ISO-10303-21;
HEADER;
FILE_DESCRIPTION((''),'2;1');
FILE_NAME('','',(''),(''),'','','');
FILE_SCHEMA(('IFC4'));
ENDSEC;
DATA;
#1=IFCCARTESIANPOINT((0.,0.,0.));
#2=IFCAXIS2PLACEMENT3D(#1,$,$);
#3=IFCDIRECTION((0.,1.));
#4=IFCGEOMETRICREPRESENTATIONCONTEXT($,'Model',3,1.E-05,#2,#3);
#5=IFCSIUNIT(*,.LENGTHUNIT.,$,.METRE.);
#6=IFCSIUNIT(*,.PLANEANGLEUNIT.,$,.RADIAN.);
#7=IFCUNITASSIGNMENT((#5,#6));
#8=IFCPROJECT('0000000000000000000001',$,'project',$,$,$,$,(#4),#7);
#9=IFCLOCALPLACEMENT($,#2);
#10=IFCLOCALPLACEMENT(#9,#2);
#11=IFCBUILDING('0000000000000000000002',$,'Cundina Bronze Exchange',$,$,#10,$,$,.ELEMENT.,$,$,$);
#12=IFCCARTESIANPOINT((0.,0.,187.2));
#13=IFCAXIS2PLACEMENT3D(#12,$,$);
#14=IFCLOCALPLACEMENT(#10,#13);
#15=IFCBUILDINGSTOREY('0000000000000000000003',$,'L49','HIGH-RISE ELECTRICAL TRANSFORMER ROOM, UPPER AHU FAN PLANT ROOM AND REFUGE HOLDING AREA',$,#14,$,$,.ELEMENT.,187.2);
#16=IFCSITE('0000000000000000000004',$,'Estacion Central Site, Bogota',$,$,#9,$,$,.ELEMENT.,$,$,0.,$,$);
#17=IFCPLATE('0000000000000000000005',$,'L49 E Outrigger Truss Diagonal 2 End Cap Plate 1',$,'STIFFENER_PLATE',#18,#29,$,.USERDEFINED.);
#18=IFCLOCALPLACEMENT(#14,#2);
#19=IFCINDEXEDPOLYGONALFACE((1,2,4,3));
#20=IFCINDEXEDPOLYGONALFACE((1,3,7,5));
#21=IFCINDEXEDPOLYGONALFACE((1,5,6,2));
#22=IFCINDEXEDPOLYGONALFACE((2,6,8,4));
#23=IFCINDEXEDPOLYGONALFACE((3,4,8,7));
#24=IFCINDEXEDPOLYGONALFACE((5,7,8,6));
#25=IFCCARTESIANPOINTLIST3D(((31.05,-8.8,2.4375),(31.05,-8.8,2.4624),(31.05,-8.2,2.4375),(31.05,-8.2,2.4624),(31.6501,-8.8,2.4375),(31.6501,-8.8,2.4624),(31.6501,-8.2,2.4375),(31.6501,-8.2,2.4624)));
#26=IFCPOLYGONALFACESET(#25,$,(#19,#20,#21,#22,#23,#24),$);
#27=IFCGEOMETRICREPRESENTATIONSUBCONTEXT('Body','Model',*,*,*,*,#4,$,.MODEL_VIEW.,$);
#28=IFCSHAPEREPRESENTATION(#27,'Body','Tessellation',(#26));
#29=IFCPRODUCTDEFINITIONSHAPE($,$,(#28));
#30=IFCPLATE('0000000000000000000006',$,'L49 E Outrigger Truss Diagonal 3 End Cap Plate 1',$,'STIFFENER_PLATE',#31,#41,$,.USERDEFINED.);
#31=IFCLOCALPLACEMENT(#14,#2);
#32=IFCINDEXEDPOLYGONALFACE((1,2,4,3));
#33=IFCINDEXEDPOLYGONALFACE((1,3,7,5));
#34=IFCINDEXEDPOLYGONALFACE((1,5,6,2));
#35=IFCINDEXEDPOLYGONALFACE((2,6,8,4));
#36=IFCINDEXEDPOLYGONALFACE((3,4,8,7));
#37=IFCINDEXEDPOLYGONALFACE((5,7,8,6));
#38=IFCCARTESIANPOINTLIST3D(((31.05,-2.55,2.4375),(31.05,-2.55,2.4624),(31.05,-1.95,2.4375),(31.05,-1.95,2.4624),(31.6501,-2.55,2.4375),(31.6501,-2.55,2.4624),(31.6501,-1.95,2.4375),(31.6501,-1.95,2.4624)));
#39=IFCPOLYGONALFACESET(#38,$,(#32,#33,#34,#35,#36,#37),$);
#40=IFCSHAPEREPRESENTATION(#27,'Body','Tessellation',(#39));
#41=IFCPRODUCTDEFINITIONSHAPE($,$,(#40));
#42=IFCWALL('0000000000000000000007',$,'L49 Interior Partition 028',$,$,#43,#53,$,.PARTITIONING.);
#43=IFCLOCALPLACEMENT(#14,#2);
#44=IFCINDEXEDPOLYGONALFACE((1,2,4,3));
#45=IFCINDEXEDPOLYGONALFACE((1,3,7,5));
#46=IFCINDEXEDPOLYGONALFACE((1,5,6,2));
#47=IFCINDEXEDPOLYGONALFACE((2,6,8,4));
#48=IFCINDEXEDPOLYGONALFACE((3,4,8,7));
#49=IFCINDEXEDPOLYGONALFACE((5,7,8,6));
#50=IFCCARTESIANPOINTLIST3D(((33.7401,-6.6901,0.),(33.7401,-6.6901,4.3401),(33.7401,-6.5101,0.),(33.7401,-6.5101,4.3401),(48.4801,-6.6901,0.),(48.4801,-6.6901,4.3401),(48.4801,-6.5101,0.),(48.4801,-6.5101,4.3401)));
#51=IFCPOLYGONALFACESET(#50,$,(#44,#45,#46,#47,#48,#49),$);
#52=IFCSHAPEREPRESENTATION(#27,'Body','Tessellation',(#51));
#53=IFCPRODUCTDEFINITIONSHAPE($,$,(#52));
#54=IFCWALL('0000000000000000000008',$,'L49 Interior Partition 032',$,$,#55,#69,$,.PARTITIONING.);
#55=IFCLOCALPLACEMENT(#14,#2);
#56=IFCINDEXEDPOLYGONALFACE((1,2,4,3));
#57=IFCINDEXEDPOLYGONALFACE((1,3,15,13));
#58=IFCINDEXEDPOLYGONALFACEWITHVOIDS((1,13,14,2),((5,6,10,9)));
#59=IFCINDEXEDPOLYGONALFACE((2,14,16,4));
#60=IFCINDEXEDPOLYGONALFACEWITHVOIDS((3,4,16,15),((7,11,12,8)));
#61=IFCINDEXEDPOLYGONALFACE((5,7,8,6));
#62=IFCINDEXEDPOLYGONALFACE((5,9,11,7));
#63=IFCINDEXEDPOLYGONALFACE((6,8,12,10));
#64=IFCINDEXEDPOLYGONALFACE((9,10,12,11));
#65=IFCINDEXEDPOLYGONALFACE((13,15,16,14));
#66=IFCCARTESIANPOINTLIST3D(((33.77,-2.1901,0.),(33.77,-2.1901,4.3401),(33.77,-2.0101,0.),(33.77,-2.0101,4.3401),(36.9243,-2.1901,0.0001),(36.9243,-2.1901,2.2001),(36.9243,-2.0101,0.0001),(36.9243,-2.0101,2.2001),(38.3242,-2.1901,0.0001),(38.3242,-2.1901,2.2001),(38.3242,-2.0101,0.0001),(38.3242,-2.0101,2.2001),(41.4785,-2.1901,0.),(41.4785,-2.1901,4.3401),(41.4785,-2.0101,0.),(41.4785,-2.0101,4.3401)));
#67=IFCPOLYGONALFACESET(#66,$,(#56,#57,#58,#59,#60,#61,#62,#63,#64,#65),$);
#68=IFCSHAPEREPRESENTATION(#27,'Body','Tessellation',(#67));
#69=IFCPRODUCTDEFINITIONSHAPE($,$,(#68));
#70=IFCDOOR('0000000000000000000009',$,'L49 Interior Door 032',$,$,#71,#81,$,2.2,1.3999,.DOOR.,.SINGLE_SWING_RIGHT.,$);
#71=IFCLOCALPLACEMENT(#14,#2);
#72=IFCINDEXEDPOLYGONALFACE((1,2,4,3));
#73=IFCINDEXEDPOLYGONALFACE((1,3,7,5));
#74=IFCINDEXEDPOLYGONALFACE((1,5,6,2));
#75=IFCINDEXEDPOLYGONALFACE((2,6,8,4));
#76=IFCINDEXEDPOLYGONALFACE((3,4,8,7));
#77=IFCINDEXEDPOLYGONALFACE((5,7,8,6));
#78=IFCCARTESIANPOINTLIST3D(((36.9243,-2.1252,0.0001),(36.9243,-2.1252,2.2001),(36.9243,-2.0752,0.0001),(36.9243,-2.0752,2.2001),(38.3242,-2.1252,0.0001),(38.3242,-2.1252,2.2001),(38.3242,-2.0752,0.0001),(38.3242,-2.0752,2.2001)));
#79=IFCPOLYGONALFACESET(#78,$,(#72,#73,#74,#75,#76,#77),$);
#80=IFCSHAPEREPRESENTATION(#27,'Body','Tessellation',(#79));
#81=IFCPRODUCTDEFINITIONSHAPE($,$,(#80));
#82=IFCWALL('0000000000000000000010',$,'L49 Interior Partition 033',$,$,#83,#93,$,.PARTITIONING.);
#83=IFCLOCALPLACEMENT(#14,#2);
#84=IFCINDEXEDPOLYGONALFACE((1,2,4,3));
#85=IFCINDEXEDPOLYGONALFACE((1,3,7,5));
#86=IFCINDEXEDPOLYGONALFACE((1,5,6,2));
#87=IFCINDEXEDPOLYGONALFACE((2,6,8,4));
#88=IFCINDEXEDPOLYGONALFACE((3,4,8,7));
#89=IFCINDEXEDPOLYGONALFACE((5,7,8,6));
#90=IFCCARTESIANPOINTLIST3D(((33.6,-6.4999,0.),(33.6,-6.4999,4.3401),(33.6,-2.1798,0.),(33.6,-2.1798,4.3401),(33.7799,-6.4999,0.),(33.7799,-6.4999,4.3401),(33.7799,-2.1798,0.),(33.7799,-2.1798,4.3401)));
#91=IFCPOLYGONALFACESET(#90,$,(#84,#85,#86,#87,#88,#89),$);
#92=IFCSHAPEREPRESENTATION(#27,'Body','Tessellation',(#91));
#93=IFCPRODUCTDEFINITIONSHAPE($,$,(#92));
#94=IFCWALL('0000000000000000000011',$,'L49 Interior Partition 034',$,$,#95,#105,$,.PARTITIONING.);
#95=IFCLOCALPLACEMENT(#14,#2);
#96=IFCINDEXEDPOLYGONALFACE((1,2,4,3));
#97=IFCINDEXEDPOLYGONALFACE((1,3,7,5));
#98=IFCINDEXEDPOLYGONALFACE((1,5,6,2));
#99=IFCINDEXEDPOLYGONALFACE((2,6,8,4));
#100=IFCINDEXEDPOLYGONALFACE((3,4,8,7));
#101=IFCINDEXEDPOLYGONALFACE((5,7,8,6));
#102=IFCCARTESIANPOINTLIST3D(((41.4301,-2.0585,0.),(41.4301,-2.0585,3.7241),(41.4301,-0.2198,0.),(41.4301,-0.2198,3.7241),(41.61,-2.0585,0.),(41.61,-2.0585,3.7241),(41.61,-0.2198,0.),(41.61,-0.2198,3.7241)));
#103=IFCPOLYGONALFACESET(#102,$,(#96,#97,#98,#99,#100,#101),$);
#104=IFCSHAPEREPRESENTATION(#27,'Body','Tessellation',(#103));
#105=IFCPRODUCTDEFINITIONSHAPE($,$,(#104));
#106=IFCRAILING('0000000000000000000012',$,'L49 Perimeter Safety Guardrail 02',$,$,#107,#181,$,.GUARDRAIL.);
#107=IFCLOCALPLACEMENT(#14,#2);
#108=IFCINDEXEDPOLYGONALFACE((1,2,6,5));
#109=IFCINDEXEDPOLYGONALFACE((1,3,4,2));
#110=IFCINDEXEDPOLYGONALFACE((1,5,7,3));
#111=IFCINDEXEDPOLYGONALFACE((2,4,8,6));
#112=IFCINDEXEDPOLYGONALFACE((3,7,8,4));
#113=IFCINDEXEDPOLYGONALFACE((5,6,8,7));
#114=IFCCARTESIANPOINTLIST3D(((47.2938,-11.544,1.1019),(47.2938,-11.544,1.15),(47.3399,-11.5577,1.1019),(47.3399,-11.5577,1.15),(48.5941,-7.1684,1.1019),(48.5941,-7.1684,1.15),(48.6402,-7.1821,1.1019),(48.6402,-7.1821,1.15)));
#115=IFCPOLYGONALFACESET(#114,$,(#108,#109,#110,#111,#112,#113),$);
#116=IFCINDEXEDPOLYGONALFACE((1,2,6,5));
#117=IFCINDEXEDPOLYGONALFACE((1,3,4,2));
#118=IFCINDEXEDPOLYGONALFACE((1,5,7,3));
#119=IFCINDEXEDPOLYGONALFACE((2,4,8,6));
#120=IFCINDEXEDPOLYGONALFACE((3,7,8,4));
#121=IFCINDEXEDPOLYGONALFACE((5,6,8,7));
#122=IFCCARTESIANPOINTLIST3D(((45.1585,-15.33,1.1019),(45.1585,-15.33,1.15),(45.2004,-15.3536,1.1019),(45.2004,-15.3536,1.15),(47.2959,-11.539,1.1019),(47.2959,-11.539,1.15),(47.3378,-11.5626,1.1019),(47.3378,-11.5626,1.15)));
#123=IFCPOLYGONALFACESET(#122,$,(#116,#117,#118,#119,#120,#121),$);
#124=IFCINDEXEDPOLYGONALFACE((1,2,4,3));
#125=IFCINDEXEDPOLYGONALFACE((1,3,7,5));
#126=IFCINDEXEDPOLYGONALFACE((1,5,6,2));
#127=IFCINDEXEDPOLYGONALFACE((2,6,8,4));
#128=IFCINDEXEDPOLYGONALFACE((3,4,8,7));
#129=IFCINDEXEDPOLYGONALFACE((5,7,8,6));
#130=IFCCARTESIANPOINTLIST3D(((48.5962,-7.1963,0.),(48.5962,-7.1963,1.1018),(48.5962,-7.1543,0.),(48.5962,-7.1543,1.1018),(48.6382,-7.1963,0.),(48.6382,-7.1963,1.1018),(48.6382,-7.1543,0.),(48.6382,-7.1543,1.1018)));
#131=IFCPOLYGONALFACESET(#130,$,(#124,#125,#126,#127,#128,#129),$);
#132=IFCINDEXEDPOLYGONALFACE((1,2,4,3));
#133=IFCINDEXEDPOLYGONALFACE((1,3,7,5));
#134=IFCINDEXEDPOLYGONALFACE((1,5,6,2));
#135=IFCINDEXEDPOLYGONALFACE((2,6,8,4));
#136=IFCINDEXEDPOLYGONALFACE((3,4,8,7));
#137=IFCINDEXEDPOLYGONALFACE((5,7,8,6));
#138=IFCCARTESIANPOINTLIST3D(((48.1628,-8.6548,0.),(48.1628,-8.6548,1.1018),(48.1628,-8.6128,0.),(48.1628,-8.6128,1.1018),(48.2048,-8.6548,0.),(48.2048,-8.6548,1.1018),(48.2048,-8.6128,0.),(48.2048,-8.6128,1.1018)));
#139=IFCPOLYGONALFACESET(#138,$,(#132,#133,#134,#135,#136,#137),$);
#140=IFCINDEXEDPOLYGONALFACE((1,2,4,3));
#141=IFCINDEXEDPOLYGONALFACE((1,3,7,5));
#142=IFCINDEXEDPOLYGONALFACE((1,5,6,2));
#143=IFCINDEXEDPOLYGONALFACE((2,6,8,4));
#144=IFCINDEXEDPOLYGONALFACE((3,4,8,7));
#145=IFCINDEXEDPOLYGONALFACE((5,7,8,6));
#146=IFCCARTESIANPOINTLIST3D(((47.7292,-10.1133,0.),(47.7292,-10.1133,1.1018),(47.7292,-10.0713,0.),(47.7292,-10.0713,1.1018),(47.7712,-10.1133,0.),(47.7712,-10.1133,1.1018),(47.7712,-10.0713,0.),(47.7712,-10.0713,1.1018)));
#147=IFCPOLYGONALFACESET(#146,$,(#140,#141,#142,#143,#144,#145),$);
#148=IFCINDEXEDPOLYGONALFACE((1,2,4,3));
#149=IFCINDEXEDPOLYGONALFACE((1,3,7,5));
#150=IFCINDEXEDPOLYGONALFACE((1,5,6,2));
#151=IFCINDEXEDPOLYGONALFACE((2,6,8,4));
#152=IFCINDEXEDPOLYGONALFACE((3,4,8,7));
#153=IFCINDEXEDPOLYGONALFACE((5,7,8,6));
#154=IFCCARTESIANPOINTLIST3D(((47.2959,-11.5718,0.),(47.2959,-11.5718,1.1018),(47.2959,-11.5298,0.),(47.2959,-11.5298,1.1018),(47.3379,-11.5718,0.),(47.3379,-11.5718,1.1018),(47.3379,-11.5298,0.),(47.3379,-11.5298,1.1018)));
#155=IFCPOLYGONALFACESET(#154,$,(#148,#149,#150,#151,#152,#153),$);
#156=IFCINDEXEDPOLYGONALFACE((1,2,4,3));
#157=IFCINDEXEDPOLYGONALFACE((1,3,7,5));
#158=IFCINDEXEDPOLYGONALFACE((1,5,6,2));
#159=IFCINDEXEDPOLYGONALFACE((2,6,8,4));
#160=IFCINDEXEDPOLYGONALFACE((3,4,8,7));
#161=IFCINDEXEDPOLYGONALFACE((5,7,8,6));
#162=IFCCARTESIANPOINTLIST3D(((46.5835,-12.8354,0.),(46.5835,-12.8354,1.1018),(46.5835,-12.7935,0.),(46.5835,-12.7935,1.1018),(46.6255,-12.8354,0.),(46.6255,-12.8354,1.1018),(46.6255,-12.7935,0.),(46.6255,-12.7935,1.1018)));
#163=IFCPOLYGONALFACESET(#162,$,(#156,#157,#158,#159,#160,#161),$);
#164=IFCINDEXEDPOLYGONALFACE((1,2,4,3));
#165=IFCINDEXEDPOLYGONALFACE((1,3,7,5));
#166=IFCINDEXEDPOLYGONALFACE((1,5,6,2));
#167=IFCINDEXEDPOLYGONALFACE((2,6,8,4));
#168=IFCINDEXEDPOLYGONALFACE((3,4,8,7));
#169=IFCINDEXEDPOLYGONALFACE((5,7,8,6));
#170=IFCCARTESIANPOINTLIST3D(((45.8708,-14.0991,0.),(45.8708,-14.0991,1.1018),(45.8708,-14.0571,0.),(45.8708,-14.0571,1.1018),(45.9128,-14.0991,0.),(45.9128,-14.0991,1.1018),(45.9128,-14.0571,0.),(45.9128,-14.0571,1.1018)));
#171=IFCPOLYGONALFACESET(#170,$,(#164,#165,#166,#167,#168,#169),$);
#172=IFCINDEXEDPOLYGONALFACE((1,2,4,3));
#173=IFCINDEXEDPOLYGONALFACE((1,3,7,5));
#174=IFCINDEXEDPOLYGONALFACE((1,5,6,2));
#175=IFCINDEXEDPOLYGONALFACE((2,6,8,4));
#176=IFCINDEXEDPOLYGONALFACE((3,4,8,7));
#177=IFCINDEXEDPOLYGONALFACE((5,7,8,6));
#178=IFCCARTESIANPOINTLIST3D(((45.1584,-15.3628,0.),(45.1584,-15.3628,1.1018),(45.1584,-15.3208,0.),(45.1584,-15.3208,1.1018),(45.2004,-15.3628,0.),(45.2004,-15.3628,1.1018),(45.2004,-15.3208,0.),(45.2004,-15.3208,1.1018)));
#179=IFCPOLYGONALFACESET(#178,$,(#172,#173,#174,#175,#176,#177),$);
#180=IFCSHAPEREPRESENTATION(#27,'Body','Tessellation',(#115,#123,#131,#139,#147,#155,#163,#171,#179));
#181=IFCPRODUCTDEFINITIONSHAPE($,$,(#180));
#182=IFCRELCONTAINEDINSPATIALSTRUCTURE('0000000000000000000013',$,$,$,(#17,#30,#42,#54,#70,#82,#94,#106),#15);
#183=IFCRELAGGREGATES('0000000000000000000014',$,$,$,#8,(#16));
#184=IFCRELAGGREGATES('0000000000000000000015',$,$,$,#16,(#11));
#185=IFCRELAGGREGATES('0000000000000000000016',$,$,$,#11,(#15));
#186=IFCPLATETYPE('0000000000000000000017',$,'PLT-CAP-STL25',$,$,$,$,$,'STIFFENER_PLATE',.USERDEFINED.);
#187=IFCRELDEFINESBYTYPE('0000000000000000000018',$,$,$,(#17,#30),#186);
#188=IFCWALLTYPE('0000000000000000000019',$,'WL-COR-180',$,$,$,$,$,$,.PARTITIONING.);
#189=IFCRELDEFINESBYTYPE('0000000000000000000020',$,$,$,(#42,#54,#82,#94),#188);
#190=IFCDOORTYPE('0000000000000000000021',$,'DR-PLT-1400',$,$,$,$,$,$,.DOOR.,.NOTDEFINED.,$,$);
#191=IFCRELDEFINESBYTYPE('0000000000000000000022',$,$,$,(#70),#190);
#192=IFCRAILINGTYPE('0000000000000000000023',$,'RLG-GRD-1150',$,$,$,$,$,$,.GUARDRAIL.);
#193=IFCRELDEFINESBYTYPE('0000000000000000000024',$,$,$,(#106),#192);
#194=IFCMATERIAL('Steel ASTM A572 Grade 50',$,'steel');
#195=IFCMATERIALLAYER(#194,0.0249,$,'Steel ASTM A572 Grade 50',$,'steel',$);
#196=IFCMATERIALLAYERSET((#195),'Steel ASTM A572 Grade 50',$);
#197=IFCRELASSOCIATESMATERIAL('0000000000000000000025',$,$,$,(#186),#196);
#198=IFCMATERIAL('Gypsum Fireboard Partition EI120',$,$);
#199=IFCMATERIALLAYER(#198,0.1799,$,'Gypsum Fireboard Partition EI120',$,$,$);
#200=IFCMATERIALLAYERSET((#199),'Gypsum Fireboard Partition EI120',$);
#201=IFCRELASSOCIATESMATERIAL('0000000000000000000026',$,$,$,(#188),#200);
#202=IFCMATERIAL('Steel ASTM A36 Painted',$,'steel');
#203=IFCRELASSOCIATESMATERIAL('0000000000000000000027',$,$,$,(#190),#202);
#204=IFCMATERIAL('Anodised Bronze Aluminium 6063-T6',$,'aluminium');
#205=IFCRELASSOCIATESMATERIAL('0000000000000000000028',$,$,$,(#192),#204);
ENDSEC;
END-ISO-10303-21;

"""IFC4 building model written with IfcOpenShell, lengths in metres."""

from ifc_helpers import new_model, si_unit, direction, frame, frame_2d, origin, origin_2d, place, context, subcontext, project, spatial, rectangle, extrude, material, layer, layer_set, type_object, element, fill, save


model = new_model("IFC4")

# Units and contexts
model_context = context("Model", 3, precision=1e-05, world=origin(), true_north=direction((0.0, 1.0)))
body_context = subcontext(model_context, "Body", "Model", "MODEL_VIEW")
ifc_project = project(units=[si_unit("LENGTHUNIT", "METRE"), si_unit("PLANEANGLEUNIT", "RADIAN")], contexts=[model_context])

# Site, building, storey
site_placement = place(None, origin())
site = spatial("IfcSite", under=ifc_project, at=site_placement, Name="Estacion Central Site, Bogota", CompositionType="ELEMENT", RefElevation=0.0)
building_placement = place(site_placement, origin())
building = spatial("IfcBuilding", under=site, at=building_placement, Name="Cundina Bronze Exchange", CompositionType="ELEMENT")
storey_placement = place(building_placement, frame((0.0, 0.0, 187.2)))
storey = spatial("IfcBuildingStorey", under=building, at=storey_placement, Name="L49", Description="HIGH-RISE ELECTRICAL TRANSFORMER ROOM, UPPER AHU FAN PLANT ROOM AND REFUGE HOLDING AREA", CompositionType="ELEMENT", Elevation=187.2)

# Plates
ifc_material_1 = material(Name="Steel ASTM A572 Grade 50", Category="steel")
ifc_layer_1 = layer(ifc_material_1, 0.0249, Name="Steel ASTM A572 Grade 50", Category="steel")
ifc_layer_set_1 = layer_set([ifc_layer_1], Name="Steel ASTM A572 Grade 50")
plate_type_1 = type_object("IfcPlateType", Name="PLT-CAP-STL25", ElementType="STIFFENER_PLATE", PredefinedType="USERDEFINED", material=ifc_layer_set_1)
for number, where, z_axis, x_axis, name in (
    (1, (31.3501, -8.5, 2.4375), (0.0, 0.0, 1.0), (1.0, 0.0, 0.0), "L49 E Outrigger Truss Diagonal 2 End Cap Plate 1"),
    (2, (31.3501, -2.25, 2.4375), (0.0, 0.0, 1.0), (1.0, 0.0, 0.0), "L49 E Outrigger Truss Diagonal 3 End Cap Plate 1"),
):
    element("IfcPlate", number, at=place(storey_placement, frame(where, z_axis=z_axis, x_axis=x_axis)), inside=storey, type_object=plate_type_1, Name=name, ObjectType="STIFFENER_PLATE", PredefinedType="USERDEFINED", context=body_context, shape_type="SweptSolid", body=[
        extrude(rectangle(XDim=0.6001, YDim=0.6001, at=origin_2d()), origin(), (0.0, 0.0, 1.0), 0.0249),
    ])

# Wall
ifc_material_2 = material(Name="Gypsum Fireboard Partition EI120")
ifc_layer_2 = layer(ifc_material_2, 0.1799, Name="Gypsum Fireboard Partition EI120")
ifc_layer_set_2 = layer_set([ifc_layer_2], Name="Gypsum Fireboard Partition EI120")
wall_type = type_object("IfcWallType", Name="WL-COR-180", PredefinedType="PARTITIONING", material=ifc_layer_set_2)
wall_1_placement = place(storey_placement, frame((33.74, -6.6001, 0.0), z_axis=(0.0, 0.0, 1.0), x_axis=(1.0, 0.0, 0.0)))
element("IfcWall", 3, at=wall_1_placement, inside=storey, type_object=wall_type, Name="L49 Interior Partition 028", PredefinedType="PARTITIONING", context=body_context, shape_type="SweptSolid", body=[
    extrude(rectangle(XDim=14.74, YDim=0.1799, at=frame_2d((7.3701, 0.0))), origin(), (0.0, 0.0, 1.0), 4.3401),
])

# Wall, opening, door
wall_2_placement = place(storey_placement, frame((33.77, -2.1001, 0.0), z_axis=(0.0, 0.0, 1.0), x_axis=(1.0, 0.0, 0.0)))
wall_2 = element("IfcWall", 4, at=wall_2_placement, inside=storey, type_object=wall_type, Name="L49 Interior Partition 032", PredefinedType="PARTITIONING", context=body_context, shape_type="SweptSolid", body=[
    extrude(rectangle(XDim=7.7085, YDim=0.1799, at=frame_2d((3.8542, 0.0))), origin(), (0.0, 0.0, 1.0), 4.3401),
])
opening_placement = place(wall_2_placement, frame((3.1543, 0.0, 0.0)))
opening = element("IfcOpeningElement", 5, at=opening_placement, cuts=wall_2, PredefinedType="OPENING", context=body_context, shape_type="SweptSolid", body=[
    extrude(rectangle(XDim=1.3999, YDim=2.2, at=frame_2d((0.7, 1.1001))), frame((0.0, 0.0999, 0.0), z_axis=(0.0, -1.0, 0.0), x_axis=(1.0, 0.0, 0.0)), (0.0, 0.0, 1.0), 0.2),
])
ifc_material_3 = material(Name="Steel ASTM A36 Painted", Category="steel")
door_type = type_object("IfcDoorType", Name="DR-PLT-1400", OperationType="NOTDEFINED", PredefinedType="DOOR", material=ifc_material_3)
door_placement = place(opening_placement, origin())
door = element("IfcDoor", 6, at=door_placement, inside=storey, type_object=door_type, Name="L49 Interior Door 032", OperationType="SINGLE_SWING_RIGHT", OverallHeight=2.2, OverallWidth=1.3999, PredefinedType="DOOR", context=body_context, shape_type="SweptSolid", body=[
    extrude(rectangle(XDim=1.3999, YDim=2.2, at=frame_2d((0.7, 1.1001))), frame((0.0, 0.0249, 0.0), z_axis=(0.0, -1.0, 0.0), x_axis=(1.0, 0.0, 0.0)), (0.0, 0.0, 1.0), 0.05),
])
fill(opening, door)

# Walls
wall_3_placement = place(storey_placement, frame((33.6899, -6.5, 0.0), z_axis=(0.0, 0.0, 1.0), x_axis=(0.0, 1.0, 0.0)))
element("IfcWall", 7, at=wall_3_placement, inside=storey, type_object=wall_type, Name="L49 Interior Partition 033", PredefinedType="PARTITIONING", context=body_context, shape_type="SweptSolid", body=[
    extrude(rectangle(XDim=4.3201, YDim=0.1799, at=frame_2d((2.1602, 0.0))), origin(), (0.0, 0.0, 1.0), 4.3401),
])
wall_4_placement = place(storey_placement, frame((41.52, -2.0586, 0.0), z_axis=(0.0, 0.0, 1.0), x_axis=(0.0, 1.0, 0.0)))
element("IfcWall", 8, at=wall_4_placement, inside=storey, type_object=wall_type, Name="L49 Interior Partition 034", PredefinedType="PARTITIONING", context=body_context, shape_type="SweptSolid", body=[
    extrude(rectangle(XDim=1.8386, YDim=0.1799, at=frame_2d((0.9194, 0.0))), origin(), (0.0, 0.0, 1.0), 3.7241),
])

# Railing
ifc_material_4 = material(Name="Anodised Bronze Aluminium 6063-T6", Category="aluminium")
railing_type = type_object("IfcRailingType", Name="RLG-GRD-1150", PredefinedType="GUARDRAIL", material=ifc_material_4)
railing_placement = place(storey_placement, frame((48.6172, -7.1753, 0.0)))
element("IfcRailing", 9, at=railing_placement, inside=storey, type_object=railing_type, Name="L49 Perimeter Safety Guardrail 02", PredefinedType="GUARDRAIL", context=body_context, shape_type="SweptSolid", body=[
    extrude(rectangle(XDim=0.0481, YDim=0.0481, at=origin_2d()), frame((0.0, 0.0, 1.126), z_axis=(-0.284864, -0.958568, 0.0), x_axis=(0.958568, -0.284864, 0.0)), (0.0, 0.0, 1.0), 4.5647),
    extrude(rectangle(XDim=0.0481, YDim=0.0481, at=origin_2d()), frame((-1.3003, -4.3755, 1.126), z_axis=(-0.491135, -0.871084, 0.0), x_axis=(0.871084, -0.491135, 0.0)), (0.0, 0.0, 1.0), 4.3521),
    extrude(rectangle(XDim=0.042, YDim=0.042, at=origin_2d()), origin(), (0.0, 0.0, 1.0), 1.1018),
    extrude(rectangle(XDim=0.042, YDim=0.042, at=origin_2d()), frame((-0.4333, -1.4585, 0.0)), (0.0, 0.0, 1.0), 1.1018),
    extrude(rectangle(XDim=0.042, YDim=0.042, at=origin_2d()), frame((-0.8669, -2.917, 0.0)), (0.0, 0.0, 1.0), 1.1018),
    extrude(rectangle(XDim=0.042, YDim=0.042, at=origin_2d()), frame((-1.3003, -4.3755, 0.0)), (0.0, 0.0, 1.0), 1.1018),
    extrude(rectangle(XDim=0.042, YDim=0.042, at=origin_2d()), frame((-2.0127, -5.6392, 0.0)), (0.0, 0.0, 1.0), 1.1018),
    extrude(rectangle(XDim=0.042, YDim=0.042, at=origin_2d()), frame((-2.7253, -6.9028, 0.0)), (0.0, 0.0, 1.0), 1.1018),
    extrude(rectangle(XDim=0.042, YDim=0.042, at=origin_2d()), frame((-3.4377, -8.1665, 0.0)), (0.0, 0.0, 1.0), 1.1018),
])

save(model, "model.ifc")
